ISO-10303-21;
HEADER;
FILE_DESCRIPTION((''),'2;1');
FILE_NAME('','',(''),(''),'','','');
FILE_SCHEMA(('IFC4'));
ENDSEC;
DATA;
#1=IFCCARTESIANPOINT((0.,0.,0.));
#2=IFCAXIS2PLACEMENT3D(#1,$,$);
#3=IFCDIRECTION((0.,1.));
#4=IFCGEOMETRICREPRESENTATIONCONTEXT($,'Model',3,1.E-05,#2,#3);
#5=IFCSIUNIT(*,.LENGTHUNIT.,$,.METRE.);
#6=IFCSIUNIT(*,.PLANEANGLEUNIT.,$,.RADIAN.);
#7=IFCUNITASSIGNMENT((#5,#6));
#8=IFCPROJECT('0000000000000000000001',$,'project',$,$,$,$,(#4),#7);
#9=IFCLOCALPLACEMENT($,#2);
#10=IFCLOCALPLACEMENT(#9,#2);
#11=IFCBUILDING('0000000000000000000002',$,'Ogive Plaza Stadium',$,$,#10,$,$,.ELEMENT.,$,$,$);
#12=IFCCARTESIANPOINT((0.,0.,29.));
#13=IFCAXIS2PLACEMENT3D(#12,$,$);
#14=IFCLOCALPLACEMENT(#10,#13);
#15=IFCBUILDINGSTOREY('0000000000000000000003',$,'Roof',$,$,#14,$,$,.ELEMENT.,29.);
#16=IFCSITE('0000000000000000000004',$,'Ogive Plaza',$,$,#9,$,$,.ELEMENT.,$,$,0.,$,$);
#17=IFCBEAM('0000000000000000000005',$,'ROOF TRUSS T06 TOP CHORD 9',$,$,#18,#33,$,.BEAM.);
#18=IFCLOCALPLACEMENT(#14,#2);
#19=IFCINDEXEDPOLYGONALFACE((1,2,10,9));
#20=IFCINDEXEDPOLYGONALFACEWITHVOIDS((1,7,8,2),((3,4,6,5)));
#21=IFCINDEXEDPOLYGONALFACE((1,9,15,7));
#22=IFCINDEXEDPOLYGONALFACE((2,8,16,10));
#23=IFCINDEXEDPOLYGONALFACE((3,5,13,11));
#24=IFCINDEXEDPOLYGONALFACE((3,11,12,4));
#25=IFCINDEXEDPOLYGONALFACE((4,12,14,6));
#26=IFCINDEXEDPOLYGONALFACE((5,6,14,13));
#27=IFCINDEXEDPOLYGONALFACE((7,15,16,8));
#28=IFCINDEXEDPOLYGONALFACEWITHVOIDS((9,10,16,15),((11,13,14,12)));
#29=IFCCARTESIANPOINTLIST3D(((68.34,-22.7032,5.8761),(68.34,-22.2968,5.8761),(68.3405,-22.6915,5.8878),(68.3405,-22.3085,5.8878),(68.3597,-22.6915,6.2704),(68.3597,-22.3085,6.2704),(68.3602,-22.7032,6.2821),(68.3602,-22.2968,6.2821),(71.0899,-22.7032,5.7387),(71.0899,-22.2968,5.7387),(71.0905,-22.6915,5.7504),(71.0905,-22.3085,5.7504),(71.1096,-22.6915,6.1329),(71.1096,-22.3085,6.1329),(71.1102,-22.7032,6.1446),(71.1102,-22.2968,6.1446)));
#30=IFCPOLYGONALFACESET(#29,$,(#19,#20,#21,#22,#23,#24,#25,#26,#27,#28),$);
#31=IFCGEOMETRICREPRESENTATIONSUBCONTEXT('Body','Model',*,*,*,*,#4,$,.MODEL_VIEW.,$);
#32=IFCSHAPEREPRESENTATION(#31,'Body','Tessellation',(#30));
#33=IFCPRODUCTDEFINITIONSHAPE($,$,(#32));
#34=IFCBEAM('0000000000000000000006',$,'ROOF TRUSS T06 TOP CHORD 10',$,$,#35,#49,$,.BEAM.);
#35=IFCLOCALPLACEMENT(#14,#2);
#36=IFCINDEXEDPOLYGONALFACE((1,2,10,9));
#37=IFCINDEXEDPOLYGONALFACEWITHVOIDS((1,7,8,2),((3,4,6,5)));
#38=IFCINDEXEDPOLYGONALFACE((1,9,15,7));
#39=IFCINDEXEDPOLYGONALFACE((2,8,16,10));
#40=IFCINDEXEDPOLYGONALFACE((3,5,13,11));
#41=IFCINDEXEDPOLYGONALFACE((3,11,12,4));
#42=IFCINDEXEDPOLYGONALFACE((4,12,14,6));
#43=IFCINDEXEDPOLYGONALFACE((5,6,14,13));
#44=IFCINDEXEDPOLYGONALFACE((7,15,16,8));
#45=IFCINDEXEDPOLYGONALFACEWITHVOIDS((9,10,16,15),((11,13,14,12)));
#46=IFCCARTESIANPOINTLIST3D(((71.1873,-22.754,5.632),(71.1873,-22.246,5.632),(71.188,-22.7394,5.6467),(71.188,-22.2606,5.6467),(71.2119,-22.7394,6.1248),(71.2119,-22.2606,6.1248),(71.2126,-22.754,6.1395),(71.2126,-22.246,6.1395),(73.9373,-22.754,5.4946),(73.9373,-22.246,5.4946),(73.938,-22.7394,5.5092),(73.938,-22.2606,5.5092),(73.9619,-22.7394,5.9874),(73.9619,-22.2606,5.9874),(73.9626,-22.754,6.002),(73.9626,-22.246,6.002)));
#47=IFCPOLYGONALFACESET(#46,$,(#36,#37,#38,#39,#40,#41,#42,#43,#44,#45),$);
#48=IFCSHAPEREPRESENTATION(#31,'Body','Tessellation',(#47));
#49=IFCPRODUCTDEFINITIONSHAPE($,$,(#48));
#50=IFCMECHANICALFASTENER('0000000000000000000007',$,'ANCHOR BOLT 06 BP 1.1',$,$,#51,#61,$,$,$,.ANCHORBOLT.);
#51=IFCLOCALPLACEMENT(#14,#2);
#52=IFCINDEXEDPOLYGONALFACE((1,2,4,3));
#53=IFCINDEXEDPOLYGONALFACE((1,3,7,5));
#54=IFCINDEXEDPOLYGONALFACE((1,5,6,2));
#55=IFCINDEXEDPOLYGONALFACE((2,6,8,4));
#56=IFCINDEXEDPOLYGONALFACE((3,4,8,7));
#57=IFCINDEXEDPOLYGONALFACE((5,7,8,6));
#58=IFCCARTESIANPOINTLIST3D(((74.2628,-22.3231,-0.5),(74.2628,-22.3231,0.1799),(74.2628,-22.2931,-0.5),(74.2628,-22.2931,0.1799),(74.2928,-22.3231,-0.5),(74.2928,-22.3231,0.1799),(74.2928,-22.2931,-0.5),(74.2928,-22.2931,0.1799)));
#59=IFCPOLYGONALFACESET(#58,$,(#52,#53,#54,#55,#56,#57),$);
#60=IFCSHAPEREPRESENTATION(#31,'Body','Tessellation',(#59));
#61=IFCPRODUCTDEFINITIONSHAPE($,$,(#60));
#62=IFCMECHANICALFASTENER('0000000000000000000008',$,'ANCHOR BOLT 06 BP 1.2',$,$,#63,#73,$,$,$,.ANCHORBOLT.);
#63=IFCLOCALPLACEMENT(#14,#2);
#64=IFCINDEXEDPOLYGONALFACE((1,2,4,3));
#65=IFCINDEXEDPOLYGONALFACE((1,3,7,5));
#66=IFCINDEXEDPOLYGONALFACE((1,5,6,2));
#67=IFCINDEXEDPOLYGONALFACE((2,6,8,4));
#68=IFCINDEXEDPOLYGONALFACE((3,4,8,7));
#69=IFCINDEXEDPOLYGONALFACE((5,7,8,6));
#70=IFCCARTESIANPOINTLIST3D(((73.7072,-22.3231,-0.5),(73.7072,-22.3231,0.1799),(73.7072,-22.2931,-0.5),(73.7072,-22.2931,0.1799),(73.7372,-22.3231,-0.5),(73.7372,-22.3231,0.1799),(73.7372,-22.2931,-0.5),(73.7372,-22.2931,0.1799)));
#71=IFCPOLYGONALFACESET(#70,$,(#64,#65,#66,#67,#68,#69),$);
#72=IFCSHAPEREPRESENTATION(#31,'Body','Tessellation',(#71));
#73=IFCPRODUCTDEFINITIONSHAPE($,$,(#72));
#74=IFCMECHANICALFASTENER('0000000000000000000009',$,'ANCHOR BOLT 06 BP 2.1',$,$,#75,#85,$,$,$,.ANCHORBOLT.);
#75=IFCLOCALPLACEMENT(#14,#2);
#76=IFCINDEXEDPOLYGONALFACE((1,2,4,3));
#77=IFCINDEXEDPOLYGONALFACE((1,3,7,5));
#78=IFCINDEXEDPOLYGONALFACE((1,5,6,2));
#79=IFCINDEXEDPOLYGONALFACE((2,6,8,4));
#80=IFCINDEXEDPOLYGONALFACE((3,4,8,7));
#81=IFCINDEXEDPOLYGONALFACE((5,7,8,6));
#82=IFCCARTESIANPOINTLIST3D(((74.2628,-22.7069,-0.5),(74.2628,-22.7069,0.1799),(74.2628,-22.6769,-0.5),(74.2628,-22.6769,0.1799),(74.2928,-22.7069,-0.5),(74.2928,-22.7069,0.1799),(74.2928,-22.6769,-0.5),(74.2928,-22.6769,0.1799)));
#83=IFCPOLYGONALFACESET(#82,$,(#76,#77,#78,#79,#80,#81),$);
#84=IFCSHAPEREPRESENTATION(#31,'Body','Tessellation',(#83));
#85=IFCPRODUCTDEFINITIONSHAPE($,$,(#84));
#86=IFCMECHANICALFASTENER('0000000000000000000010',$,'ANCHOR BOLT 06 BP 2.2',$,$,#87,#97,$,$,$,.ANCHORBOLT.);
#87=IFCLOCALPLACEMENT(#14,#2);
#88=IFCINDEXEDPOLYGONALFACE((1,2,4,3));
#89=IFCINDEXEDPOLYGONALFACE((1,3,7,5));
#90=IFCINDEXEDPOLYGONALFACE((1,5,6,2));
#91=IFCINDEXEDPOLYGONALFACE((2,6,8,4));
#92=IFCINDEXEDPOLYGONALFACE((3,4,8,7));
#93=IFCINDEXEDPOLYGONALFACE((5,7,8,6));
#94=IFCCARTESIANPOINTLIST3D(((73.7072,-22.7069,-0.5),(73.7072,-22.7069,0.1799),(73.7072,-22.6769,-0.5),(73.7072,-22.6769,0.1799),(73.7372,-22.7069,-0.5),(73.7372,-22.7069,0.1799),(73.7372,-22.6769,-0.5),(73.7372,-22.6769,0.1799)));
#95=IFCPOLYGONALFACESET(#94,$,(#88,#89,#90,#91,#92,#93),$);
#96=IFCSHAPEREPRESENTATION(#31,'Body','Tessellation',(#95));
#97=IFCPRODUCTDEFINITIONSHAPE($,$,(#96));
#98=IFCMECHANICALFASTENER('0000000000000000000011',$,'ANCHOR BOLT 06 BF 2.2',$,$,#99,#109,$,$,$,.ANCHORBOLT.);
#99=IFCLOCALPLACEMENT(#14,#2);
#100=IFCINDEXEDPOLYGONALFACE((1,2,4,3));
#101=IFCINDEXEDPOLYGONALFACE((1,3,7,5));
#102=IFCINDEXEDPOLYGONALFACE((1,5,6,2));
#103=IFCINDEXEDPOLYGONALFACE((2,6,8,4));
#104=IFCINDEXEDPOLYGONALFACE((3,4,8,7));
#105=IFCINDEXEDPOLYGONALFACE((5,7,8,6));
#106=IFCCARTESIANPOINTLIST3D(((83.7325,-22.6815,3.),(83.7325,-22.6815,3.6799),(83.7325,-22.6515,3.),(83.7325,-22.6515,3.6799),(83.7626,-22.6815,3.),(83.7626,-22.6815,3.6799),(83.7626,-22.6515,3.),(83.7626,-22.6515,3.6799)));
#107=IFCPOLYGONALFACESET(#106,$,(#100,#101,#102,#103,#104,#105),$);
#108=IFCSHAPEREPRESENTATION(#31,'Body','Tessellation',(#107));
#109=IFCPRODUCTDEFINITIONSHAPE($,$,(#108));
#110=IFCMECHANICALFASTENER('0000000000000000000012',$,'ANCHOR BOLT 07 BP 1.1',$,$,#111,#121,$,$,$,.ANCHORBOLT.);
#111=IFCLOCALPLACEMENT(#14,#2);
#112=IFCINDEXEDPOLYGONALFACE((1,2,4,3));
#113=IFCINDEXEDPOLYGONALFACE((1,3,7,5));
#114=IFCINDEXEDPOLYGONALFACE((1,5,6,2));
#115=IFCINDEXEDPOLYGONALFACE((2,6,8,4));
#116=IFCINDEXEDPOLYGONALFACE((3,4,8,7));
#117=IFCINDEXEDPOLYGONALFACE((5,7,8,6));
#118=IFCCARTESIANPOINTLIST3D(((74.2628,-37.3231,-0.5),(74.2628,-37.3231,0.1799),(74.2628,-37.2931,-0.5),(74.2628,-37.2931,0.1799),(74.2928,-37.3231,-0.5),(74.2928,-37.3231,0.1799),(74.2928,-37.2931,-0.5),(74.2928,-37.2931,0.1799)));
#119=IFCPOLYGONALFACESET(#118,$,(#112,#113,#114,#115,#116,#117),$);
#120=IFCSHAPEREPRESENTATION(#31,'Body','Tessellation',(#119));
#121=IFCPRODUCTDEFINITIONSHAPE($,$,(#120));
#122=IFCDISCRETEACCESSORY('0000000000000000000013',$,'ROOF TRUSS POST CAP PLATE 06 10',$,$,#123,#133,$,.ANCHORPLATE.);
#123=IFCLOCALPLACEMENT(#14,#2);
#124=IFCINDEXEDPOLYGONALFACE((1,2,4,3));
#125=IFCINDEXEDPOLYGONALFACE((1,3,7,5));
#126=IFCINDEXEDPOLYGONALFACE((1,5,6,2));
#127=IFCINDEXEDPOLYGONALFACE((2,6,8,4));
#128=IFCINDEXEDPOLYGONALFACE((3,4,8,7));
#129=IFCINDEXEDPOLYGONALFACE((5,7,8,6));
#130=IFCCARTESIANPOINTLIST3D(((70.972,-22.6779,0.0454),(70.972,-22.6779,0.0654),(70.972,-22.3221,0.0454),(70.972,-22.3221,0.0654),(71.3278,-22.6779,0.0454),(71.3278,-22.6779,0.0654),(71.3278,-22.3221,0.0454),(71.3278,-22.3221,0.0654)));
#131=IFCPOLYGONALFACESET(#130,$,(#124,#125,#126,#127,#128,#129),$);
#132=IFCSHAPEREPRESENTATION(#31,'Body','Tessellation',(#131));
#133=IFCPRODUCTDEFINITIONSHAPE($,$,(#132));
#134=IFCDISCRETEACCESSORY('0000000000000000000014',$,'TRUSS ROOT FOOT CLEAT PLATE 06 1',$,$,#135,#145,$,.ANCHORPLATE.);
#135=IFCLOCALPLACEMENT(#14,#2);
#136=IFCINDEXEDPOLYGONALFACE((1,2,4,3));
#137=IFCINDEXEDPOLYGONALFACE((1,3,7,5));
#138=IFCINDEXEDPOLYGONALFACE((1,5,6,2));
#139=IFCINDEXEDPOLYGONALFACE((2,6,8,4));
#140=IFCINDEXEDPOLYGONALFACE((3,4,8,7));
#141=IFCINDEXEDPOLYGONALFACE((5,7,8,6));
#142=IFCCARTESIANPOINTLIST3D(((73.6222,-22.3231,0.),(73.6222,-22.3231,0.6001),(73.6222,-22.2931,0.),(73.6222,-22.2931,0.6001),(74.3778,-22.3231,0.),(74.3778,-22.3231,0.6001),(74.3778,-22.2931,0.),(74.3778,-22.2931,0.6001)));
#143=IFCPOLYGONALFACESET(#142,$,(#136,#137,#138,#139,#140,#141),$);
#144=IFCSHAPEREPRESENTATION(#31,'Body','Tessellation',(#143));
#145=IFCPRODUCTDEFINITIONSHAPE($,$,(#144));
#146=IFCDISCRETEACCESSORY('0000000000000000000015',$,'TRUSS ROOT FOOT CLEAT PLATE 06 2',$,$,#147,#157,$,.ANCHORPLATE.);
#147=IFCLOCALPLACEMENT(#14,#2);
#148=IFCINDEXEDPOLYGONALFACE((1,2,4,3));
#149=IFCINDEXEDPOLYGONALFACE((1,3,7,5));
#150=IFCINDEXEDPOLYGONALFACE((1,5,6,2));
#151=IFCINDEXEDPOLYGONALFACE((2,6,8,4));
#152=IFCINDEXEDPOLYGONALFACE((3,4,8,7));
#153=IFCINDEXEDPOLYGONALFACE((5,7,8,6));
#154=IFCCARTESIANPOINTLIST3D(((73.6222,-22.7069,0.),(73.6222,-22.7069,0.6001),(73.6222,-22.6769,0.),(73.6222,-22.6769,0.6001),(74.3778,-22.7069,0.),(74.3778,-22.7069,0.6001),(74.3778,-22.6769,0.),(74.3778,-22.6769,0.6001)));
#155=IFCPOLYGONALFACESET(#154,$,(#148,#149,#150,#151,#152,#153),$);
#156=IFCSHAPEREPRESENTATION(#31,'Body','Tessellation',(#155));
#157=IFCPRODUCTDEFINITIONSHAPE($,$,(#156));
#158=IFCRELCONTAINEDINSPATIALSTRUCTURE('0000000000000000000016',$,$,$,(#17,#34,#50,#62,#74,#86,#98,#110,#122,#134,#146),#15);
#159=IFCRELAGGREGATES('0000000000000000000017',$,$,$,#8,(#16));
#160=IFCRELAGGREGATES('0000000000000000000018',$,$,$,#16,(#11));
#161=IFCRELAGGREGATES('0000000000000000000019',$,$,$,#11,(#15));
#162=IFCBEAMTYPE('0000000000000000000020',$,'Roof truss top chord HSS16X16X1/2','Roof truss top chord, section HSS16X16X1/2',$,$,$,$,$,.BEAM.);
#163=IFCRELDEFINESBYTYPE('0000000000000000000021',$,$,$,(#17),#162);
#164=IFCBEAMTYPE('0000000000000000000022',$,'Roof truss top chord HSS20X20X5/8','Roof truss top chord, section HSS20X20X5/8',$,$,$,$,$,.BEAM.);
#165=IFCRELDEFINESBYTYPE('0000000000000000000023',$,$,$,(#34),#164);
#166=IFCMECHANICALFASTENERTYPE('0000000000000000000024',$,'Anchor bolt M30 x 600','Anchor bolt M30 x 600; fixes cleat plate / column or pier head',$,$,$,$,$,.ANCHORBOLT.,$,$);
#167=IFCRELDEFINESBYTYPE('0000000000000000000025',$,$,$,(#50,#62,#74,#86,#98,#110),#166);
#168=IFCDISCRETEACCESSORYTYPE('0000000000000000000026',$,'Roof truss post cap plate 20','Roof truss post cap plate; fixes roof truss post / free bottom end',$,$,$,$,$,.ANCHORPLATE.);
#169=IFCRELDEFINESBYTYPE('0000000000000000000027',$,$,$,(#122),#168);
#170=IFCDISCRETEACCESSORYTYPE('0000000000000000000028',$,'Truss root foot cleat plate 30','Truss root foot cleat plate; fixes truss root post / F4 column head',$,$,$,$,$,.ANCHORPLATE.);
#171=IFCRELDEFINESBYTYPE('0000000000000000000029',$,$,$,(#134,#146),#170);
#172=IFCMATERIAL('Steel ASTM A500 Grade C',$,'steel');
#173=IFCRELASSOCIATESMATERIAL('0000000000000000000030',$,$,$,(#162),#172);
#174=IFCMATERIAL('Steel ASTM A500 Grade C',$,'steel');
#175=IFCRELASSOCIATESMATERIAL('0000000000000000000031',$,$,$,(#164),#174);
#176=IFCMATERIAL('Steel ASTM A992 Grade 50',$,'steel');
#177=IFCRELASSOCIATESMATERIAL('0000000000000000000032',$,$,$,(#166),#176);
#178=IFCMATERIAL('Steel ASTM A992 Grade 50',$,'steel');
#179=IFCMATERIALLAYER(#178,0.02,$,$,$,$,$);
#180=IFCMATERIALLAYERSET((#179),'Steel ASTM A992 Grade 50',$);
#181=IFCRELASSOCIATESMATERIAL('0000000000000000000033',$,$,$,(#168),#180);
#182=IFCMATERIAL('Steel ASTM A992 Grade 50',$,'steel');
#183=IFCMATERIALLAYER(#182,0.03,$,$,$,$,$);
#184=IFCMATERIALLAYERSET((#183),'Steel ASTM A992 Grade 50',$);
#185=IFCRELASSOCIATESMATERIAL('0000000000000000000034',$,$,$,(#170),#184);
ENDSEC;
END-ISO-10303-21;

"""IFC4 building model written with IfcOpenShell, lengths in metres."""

from ifc_helpers import new_model, si_unit, direction, frame, origin, origin_2d, place, context, subcontext, project, spatial, rectangle, hollow_rectangle, extrude, material, layer, layer_set, material_profile, profile_set, type_object, element, save


model = new_model("IFC4")

# Units and contexts
model_context = context("Model", 3, precision=1e-05, world=origin(), true_north=direction((0.0, 1.0)))
body_context = subcontext(model_context, "Body", "Model", "MODEL_VIEW")
ifc_project = project(units=[si_unit("LENGTHUNIT", "METRE"), si_unit("PLANEANGLEUNIT", "RADIAN")], contexts=[model_context])

# Site, building, storey
site_placement = place(None, origin())
site = spatial("IfcSite", under=ifc_project, at=site_placement, Name="Ogive Plaza", CompositionType="ELEMENT", RefElevation=0.0)
building_placement = place(site_placement, origin())
building = spatial("IfcBuilding", under=site, at=building_placement, Name="Ogive Plaza Stadium", CompositionType="ELEMENT")
storey_placement = place(building_placement, frame((0.0, 0.0, 29.0)))
storey = spatial("IfcBuildingStorey", under=building, at=storey_placement, Name="Roof", CompositionType="ELEMENT", Elevation=29.0)

# Beams
ifc_material_1 = material(Name="Steel ASTM A500 Grade C", Category="steel")
ifc_material_profile_1 = material_profile(ifc_material_1, hollow_rectangle(XDim=0.4065, YDim=0.4065, WallThickness=0.0117, at=origin_2d()), Name="HSS16X16X1/2")
ifc_profile_set_1 = profile_set([ifc_material_profile_1], Name="Steel ASTM A500 Grade C")
beam_type_1 = type_object("IfcBeamType", Name="Roof truss top chord HSS16X16X1/2", Description="Roof truss top chord, section HSS16X16X1/2", PredefinedType="BEAM", material=ifc_profile_set_1)
beam_1_placement = place(storey_placement, frame((68.3501, -22.5, 6.0791), z_axis=(0.998753, 0.0, -0.04992), x_axis=(0.0, 1.0, 0.0)))
element("IfcBeam", 1, at=beam_1_placement, inside=storey, type_object=beam_type_1, Name="ROOF TRUSS T06 TOP CHORD 9", PredefinedType="BEAM", context=body_context, shape_type="SweptSolid", body=[
    extrude(hollow_rectangle(XDim=0.4065, YDim=0.4065, WallThickness=0.0117, at=origin_2d()), origin(), (0.0, 0.0, 1.0), 2.7534),
])
ifc_material_2 = material(Name="Steel ASTM A500 Grade C", Category="steel")
ifc_material_profile_2 = material_profile(ifc_material_2, hollow_rectangle(XDim=0.5081, YDim=0.5081, WallThickness=0.0146, at=origin_2d()), Name="HSS20X20X5/8")
ifc_profile_set_2 = profile_set([ifc_material_profile_2], Name="Steel ASTM A500 Grade C")
beam_type_2 = type_object("IfcBeamType", Name="Roof truss top chord HSS20X20X5/8", Description="Roof truss top chord, section HSS20X20X5/8", PredefinedType="BEAM", material=ifc_profile_set_2)
beam_2_placement = place(storey_placement, frame((71.2, -22.5, 5.8857), z_axis=(0.998753, 0.0, -0.04992), x_axis=(0.0, 1.0, 0.0)))
element("IfcBeam", 2, at=beam_2_placement, inside=storey, type_object=beam_type_2, Name="ROOF TRUSS T06 TOP CHORD 10", PredefinedType="BEAM", context=body_context, shape_type="SweptSolid", body=[
    extrude(hollow_rectangle(XDim=0.5081, YDim=0.5081, WallThickness=0.0146, at=origin_2d()), origin(), (0.0, 0.0, 1.0), 2.7534),
])

# Mechanical fasteners
ifc_material_3 = material(Name="Steel ASTM A992 Grade 50", Category="steel")
mechanical_fastener_type = type_object("IfcMechanicalFastenerType", Name="Anchor bolt M30 x 600", Description="Anchor bolt M30 x 600; fixes cleat plate / column or pier head", PredefinedType="ANCHORBOLT", material=ifc_material_3)
for number, where, z_axis, x_axis, name in (
    (3, (74.2778, -22.3081, -0.5), (0.0, 0.0, 1.0), (1.0, 0.0, 0.0), "ANCHOR BOLT 06 BP 1.1"),
    (4, (73.7222, -22.3081, -0.5), (0.0, 0.0, 1.0), (1.0, 0.0, 0.0), "ANCHOR BOLT 06 BP 1.2"),
    (5, (74.2778, -22.6919, -0.5), (0.0, 0.0, 1.0), (1.0, 0.0, 0.0), "ANCHOR BOLT 06 BP 2.1"),
    (6, (73.7222, -22.6919, -0.5), (0.0, 0.0, 1.0), (1.0, 0.0, 0.0), "ANCHOR BOLT 06 BP 2.2"),
    (7, (83.7476, -22.6665, 3.0), (0.0, 0.0, 1.0), (1.0, 0.0, 0.0), "ANCHOR BOLT 06 BF 2.2"),
    (8, (74.2778, -37.3081, -0.5), (0.0, 0.0, 1.0), (1.0, 0.0, 0.0), "ANCHOR BOLT 07 BP 1.1"),
):
    element("IfcMechanicalFastener", number, at=place(storey_placement, frame(where, z_axis=z_axis, x_axis=x_axis)), inside=storey, type_object=mechanical_fastener_type, Name=name, PredefinedType="ANCHORBOLT", context=body_context, shape_type="SweptSolid", body=[
        extrude(rectangle(XDim=0.03, YDim=0.03, at=origin_2d()), origin(), (0.0, 0.0, 1.0), 0.6799),
    ])

# Discrete accessories
ifc_material_4 = material(Name="Steel ASTM A992 Grade 50", Category="steel")
ifc_layer_1 = layer(ifc_material_4, 0.02)
ifc_layer_set_1 = layer_set([ifc_layer_1], Name="Steel ASTM A992 Grade 50")
discrete_accessory_type_1 = type_object("IfcDiscreteAccessoryType", Name="Roof truss post cap plate 20", Description="Roof truss post cap plate; fixes roof truss post / free bottom end", PredefinedType="ANCHORPLATE", material=ifc_layer_set_1)
discrete_accessory_placement = place(storey_placement, frame((71.1499, -22.5, 0.0454), z_axis=(0.0, 0.0, 1.0), x_axis=(1.0, 0.0, 0.0)))
element("IfcDiscreteAccessory", 9, at=discrete_accessory_placement, inside=storey, type_object=discrete_accessory_type_1, Name="ROOF TRUSS POST CAP PLATE 06 10", PredefinedType="ANCHORPLATE", context=body_context, shape_type="SweptSolid", body=[
    extrude(rectangle(XDim=0.3557, YDim=0.3557, at=origin_2d()), origin(), (0.0, 0.0, 1.0), 0.02),
])
ifc_material_5 = material(Name="Steel ASTM A992 Grade 50", Category="steel")
ifc_layer_2 = layer(ifc_material_5, 0.03)
ifc_layer_set_2 = layer_set([ifc_layer_2], Name="Steel ASTM A992 Grade 50")
discrete_accessory_type_2 = type_object("IfcDiscreteAccessoryType", Name="Truss root foot cleat plate 30", Description="Truss root foot cleat plate; fixes truss root post / F4 column head", PredefinedType="ANCHORPLATE", material=ifc_layer_set_2)
for number, where, z_axis, x_axis, name in (
    (10, (74.0, -22.3081, 0.0), (0.0, 0.0, 1.0), (1.0, 0.0, 0.0), "TRUSS ROOT FOOT CLEAT PLATE 06 1"),
    (11, (74.0, -22.6919, 0.0), (0.0, 0.0, 1.0), (1.0, 0.0, 0.0), "TRUSS ROOT FOOT CLEAT PLATE 06 2"),
):
    element("IfcDiscreteAccessory", number, at=place(storey_placement, frame(where, z_axis=z_axis, x_axis=x_axis)), inside=storey, type_object=discrete_accessory_type_2, Name=name, PredefinedType="ANCHORPLATE", context=body_context, shape_type="SweptSolid", body=[
        extrude(rectangle(XDim=0.7556, YDim=0.03, at=origin_2d()), origin(), (0.0, 0.0, 1.0), 0.6001),
    ])

save(model, "model.ifc")
